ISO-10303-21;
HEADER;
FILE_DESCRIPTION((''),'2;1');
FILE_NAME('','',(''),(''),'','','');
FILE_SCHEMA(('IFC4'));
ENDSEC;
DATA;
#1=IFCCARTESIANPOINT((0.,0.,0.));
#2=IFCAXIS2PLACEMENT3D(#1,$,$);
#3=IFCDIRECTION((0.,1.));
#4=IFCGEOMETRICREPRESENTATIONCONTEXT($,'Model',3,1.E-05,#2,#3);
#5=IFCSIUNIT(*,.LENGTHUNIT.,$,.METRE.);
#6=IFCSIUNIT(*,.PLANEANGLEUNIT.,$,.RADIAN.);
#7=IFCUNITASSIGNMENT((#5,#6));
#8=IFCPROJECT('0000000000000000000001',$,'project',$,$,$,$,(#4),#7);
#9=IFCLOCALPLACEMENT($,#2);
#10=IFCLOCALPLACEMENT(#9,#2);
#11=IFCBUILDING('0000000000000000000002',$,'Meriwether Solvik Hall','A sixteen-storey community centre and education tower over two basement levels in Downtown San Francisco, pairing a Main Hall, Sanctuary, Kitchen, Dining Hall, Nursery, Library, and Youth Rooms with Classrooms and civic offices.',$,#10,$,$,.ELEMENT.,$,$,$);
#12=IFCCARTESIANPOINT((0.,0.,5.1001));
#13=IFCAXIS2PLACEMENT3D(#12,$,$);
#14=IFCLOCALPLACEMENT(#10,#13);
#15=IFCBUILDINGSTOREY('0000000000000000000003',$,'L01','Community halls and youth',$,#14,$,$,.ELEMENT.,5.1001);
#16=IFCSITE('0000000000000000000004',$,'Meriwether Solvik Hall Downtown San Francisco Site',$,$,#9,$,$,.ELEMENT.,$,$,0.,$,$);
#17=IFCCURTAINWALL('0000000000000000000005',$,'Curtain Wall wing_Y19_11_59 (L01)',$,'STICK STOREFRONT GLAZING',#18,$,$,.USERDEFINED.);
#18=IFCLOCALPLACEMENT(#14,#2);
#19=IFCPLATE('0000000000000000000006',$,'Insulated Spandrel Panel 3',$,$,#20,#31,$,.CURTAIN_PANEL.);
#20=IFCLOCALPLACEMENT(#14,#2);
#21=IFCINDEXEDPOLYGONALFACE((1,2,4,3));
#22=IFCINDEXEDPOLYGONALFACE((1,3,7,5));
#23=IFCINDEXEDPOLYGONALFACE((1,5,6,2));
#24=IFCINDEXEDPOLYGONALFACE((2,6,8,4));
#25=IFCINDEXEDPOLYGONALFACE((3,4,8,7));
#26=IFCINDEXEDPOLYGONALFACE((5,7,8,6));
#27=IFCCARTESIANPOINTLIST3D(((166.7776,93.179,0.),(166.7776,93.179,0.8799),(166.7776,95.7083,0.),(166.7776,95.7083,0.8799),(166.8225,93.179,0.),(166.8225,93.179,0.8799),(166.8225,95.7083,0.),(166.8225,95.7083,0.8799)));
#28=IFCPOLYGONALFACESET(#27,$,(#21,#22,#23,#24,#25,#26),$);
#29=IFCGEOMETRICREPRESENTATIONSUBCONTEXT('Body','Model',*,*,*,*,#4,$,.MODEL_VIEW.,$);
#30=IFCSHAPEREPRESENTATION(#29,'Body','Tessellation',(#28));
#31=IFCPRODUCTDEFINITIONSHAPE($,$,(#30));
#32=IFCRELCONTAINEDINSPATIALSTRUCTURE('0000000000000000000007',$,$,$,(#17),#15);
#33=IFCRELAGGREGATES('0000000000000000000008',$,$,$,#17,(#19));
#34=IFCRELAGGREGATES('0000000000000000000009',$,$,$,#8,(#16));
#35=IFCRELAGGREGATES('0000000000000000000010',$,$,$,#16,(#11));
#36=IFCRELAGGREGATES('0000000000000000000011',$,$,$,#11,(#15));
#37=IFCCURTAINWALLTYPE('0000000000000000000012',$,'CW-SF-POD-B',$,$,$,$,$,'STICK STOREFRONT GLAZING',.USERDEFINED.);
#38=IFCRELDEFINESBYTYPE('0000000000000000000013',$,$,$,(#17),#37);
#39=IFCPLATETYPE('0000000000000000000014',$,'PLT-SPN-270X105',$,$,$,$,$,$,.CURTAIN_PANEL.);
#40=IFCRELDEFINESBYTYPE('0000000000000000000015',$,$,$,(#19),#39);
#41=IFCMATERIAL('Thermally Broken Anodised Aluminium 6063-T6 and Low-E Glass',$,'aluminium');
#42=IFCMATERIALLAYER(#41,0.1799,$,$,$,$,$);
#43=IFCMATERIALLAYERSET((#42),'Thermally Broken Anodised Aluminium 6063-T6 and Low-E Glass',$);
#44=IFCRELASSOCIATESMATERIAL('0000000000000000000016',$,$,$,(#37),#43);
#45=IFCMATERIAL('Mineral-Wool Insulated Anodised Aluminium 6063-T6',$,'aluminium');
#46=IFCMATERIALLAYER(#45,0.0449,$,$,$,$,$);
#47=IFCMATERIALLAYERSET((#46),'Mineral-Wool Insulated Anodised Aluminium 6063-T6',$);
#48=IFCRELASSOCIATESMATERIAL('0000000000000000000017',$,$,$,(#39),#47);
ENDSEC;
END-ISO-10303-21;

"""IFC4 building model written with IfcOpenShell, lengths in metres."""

from ifc_helpers import new_model, si_unit, direction, frame, origin, origin_2d, place, context, subcontext, project, spatial, rectangle, extrude, material, layer, layer_set, type_object, element, aggregate, save


model = new_model("IFC4")

# Units and contexts
model_context = context("Model", 3, precision=1e-05, world=origin(), true_north=direction((0.0, 1.0)))
body_context = subcontext(model_context, "Body", "Model", "MODEL_VIEW")
ifc_project = project(units=[si_unit("LENGTHUNIT", "METRE"), si_unit("PLANEANGLEUNIT", "RADIAN")], contexts=[model_context])

# Site, building, storey
site_placement = place(None, origin())
site = spatial("IfcSite", under=ifc_project, at=site_placement, Name="Meriwether Solvik Hall Downtown San Francisco Site", CompositionType="ELEMENT", RefElevation=0.0)
building_placement = place(site_placement, origin())
building = spatial("IfcBuilding", under=site, at=building_placement, Name="Meriwether Solvik Hall", Description="A sixteen-storey community centre and education tower over two basement levels in Downtown San Francisco, pairing a Main Hall, Sanctuary, Kitchen, Dining Hall, Nursery, Library, and Youth Rooms with Classrooms and civic offices.", CompositionType="ELEMENT")
storey_placement = place(building_placement, frame((0.0, 0.0, 5.1001)))
storey = spatial("IfcBuildingStorey", under=building, at=storey_placement, Name="L01", Description="Community halls and youth", CompositionType="ELEMENT", Elevation=5.1001)

# Curtain wall, plate
ifc_material_1 = material(Name="Thermally Broken Anodised Aluminium 6063-T6 and Low-E Glass", Category="aluminium")
ifc_layer_1 = layer(ifc_material_1, 0.1799)
ifc_layer_set_1 = layer_set([ifc_layer_1], Name="Thermally Broken Anodised Aluminium 6063-T6 and Low-E Glass")
curtain_wall_type = type_object("IfcCurtainWallType", Name="CW-SF-POD-B", ElementType="STICK STOREFRONT GLAZING", PredefinedType="USERDEFINED", material=ifc_layer_set_1)
curtain_wall_placement = place(storey_placement, origin())
curtain_wall = element("IfcCurtainWall", 1, at=curtain_wall_placement, inside=storey, type_object=curtain_wall_type, Name="Curtain Wall wing_Y19_11_59 (L01)", ObjectType="STICK STOREFRONT GLAZING", PredefinedType="USERDEFINED")
ifc_material_2 = material(Name="Mineral-Wool Insulated Anodised Aluminium 6063-T6", Category="aluminium")
ifc_layer_2 = layer(ifc_material_2, 0.0449)
ifc_layer_set_2 = layer_set([ifc_layer_2], Name="Mineral-Wool Insulated Anodised Aluminium 6063-T6")
plate_type_1 = type_object("IfcPlateType", Name="PLT-SPN-270X105", PredefinedType="CURTAIN_PANEL", material=ifc_layer_set_2)
plate_1_placement = place(storey_placement, frame((166.8, 94.4436, 0.0), z_axis=(0.0, 0.0, 1.0), x_axis=(0.0, -1.0, 0.0)))
plate_1 = element("IfcPlate", 2, at=plate_1_placement, type_object=plate_type_1, Name="Insulated Spandrel Panel 3", PredefinedType="CURTAIN_PANEL", context=body_context, shape_type="SweptSolid", body=[
    extrude(rectangle(XDim=2.5293, YDim=0.0449, at=origin_2d()), origin(), (0.0, 0.0, 1.0), 0.8799),
])
aggregate(curtain_wall, [plate_1])

save(model, "model.ifc")
